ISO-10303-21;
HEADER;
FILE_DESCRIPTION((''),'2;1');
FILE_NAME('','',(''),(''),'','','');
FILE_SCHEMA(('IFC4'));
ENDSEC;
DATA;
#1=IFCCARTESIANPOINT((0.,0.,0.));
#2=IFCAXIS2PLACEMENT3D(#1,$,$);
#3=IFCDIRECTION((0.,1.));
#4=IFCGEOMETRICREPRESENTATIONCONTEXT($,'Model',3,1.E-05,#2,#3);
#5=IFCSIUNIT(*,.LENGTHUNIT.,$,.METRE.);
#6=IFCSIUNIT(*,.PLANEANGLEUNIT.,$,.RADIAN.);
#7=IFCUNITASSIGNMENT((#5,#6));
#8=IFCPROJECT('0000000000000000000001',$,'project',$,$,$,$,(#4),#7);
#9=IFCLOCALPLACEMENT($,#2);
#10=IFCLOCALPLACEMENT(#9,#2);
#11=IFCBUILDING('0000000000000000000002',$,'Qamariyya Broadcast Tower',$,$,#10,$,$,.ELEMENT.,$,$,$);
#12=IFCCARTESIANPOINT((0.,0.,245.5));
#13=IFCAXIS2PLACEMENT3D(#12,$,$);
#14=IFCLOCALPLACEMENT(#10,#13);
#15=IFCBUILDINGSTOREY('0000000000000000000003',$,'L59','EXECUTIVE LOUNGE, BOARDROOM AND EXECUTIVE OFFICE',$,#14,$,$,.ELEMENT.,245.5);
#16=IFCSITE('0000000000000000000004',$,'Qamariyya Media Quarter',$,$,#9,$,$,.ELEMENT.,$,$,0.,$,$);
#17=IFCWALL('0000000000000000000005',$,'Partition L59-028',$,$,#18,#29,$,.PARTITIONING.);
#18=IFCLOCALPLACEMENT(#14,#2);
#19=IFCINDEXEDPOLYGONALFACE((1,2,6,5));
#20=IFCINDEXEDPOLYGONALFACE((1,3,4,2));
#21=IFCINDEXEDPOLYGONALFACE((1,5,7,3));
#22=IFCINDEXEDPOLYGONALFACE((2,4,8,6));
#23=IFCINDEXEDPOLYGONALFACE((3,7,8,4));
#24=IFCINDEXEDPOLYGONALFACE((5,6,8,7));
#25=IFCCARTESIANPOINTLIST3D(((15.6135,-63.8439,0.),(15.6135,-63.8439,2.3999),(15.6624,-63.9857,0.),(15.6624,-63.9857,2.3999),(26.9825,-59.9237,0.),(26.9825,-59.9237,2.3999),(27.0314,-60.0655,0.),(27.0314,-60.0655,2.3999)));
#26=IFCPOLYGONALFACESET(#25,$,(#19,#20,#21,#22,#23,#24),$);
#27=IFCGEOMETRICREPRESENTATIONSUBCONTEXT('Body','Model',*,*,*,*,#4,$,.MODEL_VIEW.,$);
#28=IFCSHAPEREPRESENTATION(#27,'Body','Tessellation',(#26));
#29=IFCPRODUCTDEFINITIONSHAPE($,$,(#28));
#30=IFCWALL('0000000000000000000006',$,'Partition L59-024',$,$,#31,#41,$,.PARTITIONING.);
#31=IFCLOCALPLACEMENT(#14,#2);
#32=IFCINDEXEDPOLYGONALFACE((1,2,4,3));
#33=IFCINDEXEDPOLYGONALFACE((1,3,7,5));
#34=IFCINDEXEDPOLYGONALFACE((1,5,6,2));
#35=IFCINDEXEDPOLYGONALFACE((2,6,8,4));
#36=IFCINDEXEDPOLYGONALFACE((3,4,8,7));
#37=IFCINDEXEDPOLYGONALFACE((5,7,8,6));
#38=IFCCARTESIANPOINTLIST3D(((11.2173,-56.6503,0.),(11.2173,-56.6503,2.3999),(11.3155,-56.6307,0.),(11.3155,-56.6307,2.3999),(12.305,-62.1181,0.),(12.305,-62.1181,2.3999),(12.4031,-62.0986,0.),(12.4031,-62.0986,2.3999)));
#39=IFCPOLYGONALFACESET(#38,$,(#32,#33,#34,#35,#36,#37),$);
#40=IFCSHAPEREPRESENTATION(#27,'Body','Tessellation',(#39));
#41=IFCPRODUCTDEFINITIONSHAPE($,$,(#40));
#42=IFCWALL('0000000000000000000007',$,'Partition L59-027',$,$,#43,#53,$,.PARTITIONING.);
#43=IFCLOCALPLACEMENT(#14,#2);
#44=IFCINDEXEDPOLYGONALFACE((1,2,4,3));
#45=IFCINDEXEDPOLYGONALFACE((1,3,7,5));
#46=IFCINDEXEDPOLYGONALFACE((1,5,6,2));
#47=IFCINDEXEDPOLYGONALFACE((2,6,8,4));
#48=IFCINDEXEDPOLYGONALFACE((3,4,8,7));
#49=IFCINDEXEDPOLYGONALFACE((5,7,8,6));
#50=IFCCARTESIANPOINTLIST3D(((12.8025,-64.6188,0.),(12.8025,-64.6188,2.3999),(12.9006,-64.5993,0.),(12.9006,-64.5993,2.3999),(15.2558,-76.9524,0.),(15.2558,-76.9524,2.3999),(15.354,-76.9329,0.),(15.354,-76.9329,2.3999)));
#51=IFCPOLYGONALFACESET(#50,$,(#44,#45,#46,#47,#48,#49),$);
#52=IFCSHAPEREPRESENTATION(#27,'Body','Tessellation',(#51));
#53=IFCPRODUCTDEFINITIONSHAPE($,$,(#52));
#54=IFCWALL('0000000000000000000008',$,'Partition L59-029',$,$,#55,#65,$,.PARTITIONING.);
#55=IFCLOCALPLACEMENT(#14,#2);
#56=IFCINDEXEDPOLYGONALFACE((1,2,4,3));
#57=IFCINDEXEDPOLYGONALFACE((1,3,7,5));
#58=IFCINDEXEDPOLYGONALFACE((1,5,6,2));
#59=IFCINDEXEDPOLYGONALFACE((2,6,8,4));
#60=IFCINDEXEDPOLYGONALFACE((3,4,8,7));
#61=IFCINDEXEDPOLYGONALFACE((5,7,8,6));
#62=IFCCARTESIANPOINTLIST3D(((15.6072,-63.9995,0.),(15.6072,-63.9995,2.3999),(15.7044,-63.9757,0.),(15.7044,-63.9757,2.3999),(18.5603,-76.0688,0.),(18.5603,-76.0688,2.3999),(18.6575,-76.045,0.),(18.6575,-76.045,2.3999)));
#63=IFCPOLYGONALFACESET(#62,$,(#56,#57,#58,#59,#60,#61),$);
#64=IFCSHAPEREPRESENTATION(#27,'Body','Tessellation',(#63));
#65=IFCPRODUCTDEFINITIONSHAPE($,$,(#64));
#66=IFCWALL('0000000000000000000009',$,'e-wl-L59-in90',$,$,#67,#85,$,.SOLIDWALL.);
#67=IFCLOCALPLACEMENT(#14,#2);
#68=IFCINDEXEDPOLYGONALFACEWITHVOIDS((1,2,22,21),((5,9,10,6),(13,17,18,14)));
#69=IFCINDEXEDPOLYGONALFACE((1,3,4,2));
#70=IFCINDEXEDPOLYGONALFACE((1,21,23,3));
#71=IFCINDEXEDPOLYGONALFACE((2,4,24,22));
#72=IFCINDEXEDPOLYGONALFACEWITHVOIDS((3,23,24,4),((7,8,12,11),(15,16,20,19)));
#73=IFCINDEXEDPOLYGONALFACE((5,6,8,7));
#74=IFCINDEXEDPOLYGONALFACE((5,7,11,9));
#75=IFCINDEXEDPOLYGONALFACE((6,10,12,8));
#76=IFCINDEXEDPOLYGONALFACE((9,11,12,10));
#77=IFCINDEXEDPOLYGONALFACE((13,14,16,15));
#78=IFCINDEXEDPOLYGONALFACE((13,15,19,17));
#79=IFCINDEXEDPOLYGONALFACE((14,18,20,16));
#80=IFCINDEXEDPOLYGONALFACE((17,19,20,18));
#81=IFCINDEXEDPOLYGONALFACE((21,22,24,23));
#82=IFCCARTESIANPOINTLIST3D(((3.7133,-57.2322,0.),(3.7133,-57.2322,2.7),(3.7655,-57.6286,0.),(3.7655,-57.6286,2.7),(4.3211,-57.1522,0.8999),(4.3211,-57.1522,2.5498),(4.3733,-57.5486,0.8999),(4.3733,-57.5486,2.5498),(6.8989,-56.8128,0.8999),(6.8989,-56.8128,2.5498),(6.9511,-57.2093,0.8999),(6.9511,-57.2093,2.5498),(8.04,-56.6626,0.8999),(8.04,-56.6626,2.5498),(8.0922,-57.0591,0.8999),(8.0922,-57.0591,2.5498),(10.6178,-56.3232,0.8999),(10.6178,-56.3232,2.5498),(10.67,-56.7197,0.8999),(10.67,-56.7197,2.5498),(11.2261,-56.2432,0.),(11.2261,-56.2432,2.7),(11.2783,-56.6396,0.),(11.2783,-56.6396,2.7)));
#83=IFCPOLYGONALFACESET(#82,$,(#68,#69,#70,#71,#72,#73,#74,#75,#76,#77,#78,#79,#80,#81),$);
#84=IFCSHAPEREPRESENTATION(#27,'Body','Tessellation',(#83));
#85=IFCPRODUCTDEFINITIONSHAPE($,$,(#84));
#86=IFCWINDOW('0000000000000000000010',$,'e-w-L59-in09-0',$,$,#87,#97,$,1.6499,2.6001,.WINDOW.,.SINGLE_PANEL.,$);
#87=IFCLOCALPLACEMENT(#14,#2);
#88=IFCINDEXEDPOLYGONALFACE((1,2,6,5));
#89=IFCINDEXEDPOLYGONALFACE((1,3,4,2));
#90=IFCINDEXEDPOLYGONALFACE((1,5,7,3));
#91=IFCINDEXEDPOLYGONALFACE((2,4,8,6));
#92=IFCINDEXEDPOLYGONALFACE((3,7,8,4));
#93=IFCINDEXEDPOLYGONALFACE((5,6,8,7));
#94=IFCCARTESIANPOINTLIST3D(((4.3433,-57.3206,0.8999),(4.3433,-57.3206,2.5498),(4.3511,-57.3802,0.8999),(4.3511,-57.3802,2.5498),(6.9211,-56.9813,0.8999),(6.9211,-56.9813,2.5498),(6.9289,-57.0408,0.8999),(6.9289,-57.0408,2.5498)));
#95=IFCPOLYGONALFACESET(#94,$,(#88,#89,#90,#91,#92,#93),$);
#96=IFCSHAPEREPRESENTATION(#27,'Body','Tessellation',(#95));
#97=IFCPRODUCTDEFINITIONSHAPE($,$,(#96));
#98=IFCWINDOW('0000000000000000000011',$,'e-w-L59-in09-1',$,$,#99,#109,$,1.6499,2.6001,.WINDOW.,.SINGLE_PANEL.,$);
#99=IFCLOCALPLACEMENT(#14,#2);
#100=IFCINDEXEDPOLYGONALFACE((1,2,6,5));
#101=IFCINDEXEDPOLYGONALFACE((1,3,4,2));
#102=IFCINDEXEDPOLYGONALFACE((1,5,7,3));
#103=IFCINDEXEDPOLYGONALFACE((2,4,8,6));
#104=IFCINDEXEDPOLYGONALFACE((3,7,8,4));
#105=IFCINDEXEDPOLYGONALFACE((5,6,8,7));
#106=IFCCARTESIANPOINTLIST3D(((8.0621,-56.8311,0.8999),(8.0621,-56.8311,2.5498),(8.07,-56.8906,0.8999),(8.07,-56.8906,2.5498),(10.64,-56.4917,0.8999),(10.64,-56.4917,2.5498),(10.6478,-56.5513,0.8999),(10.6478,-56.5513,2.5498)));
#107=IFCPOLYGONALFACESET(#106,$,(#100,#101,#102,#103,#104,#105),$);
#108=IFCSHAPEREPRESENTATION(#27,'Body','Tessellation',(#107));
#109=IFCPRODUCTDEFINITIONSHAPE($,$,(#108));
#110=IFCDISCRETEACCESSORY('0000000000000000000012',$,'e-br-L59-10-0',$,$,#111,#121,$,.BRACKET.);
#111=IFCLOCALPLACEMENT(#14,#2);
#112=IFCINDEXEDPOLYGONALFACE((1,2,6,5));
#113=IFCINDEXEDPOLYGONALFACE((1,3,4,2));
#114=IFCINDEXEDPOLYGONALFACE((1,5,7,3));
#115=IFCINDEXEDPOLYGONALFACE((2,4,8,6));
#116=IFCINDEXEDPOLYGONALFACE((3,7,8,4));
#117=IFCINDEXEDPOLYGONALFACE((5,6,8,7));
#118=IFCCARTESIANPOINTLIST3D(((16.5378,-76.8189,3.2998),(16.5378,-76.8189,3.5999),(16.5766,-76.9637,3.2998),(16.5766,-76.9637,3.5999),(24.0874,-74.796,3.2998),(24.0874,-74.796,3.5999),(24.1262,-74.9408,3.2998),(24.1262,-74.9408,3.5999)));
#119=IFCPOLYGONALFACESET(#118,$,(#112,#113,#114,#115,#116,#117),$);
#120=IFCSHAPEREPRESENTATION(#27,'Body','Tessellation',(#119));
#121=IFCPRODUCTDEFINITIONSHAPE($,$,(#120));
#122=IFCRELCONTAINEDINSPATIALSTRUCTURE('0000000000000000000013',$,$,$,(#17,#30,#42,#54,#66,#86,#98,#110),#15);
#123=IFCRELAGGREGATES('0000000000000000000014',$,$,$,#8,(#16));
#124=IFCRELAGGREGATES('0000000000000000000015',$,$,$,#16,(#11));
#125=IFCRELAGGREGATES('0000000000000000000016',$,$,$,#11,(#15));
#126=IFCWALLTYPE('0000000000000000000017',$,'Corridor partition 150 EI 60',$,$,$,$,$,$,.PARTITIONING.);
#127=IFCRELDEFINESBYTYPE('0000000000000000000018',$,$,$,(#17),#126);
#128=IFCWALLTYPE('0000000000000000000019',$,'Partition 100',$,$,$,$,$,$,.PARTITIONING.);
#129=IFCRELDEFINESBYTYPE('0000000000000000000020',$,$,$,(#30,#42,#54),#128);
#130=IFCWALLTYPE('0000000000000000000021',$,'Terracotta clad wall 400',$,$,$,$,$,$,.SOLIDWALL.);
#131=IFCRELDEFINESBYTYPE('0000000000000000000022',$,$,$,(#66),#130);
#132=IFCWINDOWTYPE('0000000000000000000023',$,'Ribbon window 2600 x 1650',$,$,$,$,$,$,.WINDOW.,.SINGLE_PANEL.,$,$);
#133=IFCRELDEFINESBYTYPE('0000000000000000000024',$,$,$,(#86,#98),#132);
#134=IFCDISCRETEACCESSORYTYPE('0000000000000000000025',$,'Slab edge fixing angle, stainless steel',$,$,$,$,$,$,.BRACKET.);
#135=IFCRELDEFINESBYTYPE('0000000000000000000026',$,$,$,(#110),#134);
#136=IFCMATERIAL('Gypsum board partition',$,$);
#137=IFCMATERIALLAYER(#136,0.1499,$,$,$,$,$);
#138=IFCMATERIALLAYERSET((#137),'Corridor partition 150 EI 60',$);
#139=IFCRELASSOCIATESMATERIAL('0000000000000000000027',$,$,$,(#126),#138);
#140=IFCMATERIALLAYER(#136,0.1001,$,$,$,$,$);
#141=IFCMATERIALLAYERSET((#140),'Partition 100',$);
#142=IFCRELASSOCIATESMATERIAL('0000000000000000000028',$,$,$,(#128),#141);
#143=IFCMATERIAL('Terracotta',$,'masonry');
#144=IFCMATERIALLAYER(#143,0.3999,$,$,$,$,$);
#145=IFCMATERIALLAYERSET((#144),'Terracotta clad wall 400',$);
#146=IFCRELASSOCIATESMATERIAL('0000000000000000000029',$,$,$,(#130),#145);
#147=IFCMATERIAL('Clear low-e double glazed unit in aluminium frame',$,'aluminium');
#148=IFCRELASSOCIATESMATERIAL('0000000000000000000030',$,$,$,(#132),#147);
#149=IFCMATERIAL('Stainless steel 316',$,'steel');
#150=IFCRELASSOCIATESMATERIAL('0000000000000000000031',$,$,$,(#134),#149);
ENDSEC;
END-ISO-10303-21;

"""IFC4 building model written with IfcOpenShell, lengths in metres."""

from ifc_helpers import new_model, si_unit, direction, frame, frame_2d, origin, origin_2d, place, context, subcontext, project, spatial, rectangle, extrude, material, layer, layer_set, type_object, element, fill, save


model = new_model("IFC4")

# Units and contexts
model_context = context("Model", 3, precision=1e-05, world=origin(), true_north=direction((0.0, 1.0)))
body_context = subcontext(model_context, "Body", "Model", "MODEL_VIEW")
ifc_project = project(units=[si_unit("LENGTHUNIT", "METRE"), si_unit("PLANEANGLEUNIT", "RADIAN")], contexts=[model_context])

# Site, building, storey
site_placement = place(None, origin())
site = spatial("IfcSite", under=ifc_project, at=site_placement, Name="Qamariyya Media Quarter", CompositionType="ELEMENT", RefElevation=0.0)
building_placement = place(site_placement, origin())
building = spatial("IfcBuilding", under=site, at=building_placement, Name="Qamariyya Broadcast Tower", CompositionType="ELEMENT")
storey_placement = place(building_placement, frame((0.0, 0.0, 245.5)))
storey = spatial("IfcBuildingStorey", under=building, at=storey_placement, Name="L59", Description="EXECUTIVE LOUNGE, BOARDROOM AND EXECUTIVE OFFICE", CompositionType="ELEMENT", Elevation=245.5)

# Shared definitions
ifc_material_1 = material(Name="Gypsum board partition")
ifc_layer_1 = layer(ifc_material_1, 0.1499)
ifc_layer_set_1 = layer_set([ifc_layer_1], Name="Corridor partition 150 EI 60")
wall_type_1 = type_object("IfcWallType", Name="Corridor partition 150 EI 60", PredefinedType="PARTITIONING", material=ifc_layer_set_1)

# Walls
wall_1_placement = place(storey_placement, frame((15.6379, -63.9148, 0.0), z_axis=(0.0, 0.0, 1.0), x_axis=(0.945377, 0.32598, 0.0)))
element("IfcWall", 1, at=wall_1_placement, inside=storey, type_object=wall_type_1, Name="Partition L59-028", PredefinedType="PARTITIONING", context=body_context, shape_type="SweptSolid", body=[
    extrude(rectangle(XDim=12.0259, YDim=0.1499, at=frame_2d((6.0129, 0.0))), origin(), (0.0, 0.0, 1.0), 2.3999),
])
ifc_layer_2 = layer(ifc_material_1, 0.1001)
ifc_layer_set_2 = layer_set([ifc_layer_2], Name="Partition 100")
wall_type_2 = type_object("IfcWallType", Name="Partition 100", PredefinedType="PARTITIONING", material=ifc_layer_set_2)
wall_2_placement = place(storey_placement, frame((11.2664, -56.6404, 0.0), z_axis=(0.0, 0.0, 1.0), x_axis=(0.195097, -0.980784, 0.0)))
element("IfcWall", 2, at=wall_2_placement, inside=storey, type_object=wall_type_2, Name="Partition L59-024", PredefinedType="PARTITIONING", context=body_context, shape_type="SweptSolid", body=[
    extrude(rectangle(XDim=5.575, YDim=0.1001, at=frame_2d((2.7876, 0.0))), origin(), (0.0, 0.0, 1.0), 2.3999),
])
wall_3_placement = place(storey_placement, frame((15.3049, -76.9426, 0.0), z_axis=(0.0, 0.0, 1.0), x_axis=(-0.195097, 0.980784, 0.0)))
element("IfcWall", 3, at=wall_3_placement, inside=storey, type_object=wall_type_2, Name="Partition L59-027", PredefinedType="PARTITIONING", context=body_context, shape_type="SweptSolid", body=[
    extrude(rectangle(XDim=12.5752, YDim=0.1001, at=frame_2d((6.2876, 0.0))), origin(), (0.0, 0.0, 1.0), 2.3999),
])
wall_4_placement = place(storey_placement, frame((18.6089, -76.0569, 0.0), z_axis=(0.0, 0.0, 1.0), x_axis=(-0.237669, 0.971346, 0.0)))
element("IfcWall", 4, at=wall_4_placement, inside=storey, type_object=wall_type_2, Name="Partition L59-029", PredefinedType="PARTITIONING", context=body_context, shape_type="SweptSolid", body=[
    extrude(rectangle(XDim=12.4253, YDim=0.1001, at=frame_2d((6.2126, 0.0))), origin(), (0.0, 0.0, 1.0), 2.3999),
])

# Wall, openings, windows
ifc_material_2 = material(Name="Terracotta", Category="masonry")
ifc_layer_3 = layer(ifc_material_2, 0.3999)
ifc_layer_set_3 = layer_set([ifc_layer_3], Name="Terracotta clad wall 400")
wall_type_3 = type_object("IfcWallType", Name="Terracotta clad wall 400", PredefinedType="SOLIDWALL", material=ifc_layer_set_3)
wall_5_placement = place(storey_placement, frame((11.2522, -56.4414, 0.0), z_axis=(0.0, 0.0, 1.0), x_axis=(-0.991446, -0.130515, 0.0)))
wall_5 = element("IfcWall", 5, at=wall_5_placement, inside=storey, type_object=wall_type_3, Name="e-wl-L59-in90", PredefinedType="SOLIDWALL", context=body_context, shape_type="SweptSolid", body=[
    extrude(rectangle(XDim=7.5776, YDim=0.3999, at=frame_2d((3.7888, 0.0))), origin(), (0.0, 0.0, 1.0), 2.7),
])
opening_1_placement = place(wall_5_placement, frame((4.3645, 0.0, 0.8999)))
opening_1 = element("IfcOpeningElement", 6, at=opening_1_placement, cuts=wall_5, PredefinedType="OPENING", context=body_context, shape_type="SweptSolid", body=[
    extrude(rectangle(XDim=2.6001, YDim=1.6499, at=frame_2d((1.3, 0.825))), frame((0.0, 0.21, 0.0), z_axis=(0.0, -1.0, 0.0), x_axis=(1.0, 0.0, 0.0)), (0.0, 0.0, 1.0), 0.4199),
])
opening_2_placement = place(wall_5_placement, frame((0.6135, 0.0, 0.8999)))
opening_2 = element("IfcOpeningElement", 7, at=opening_2_placement, cuts=wall_5, PredefinedType="OPENING", context=body_context, shape_type="SweptSolid", body=[
    extrude(rectangle(XDim=2.6001, YDim=1.6499, at=frame_2d((1.3, 0.825))), frame((0.0, 0.21, 0.0), z_axis=(0.0, -1.0, 0.0), x_axis=(1.0, 0.0, 0.0)), (0.0, 0.0, 1.0), 0.4199),
])
ifc_material_3 = material(Name="Clear low-e double glazed unit in aluminium frame", Category="aluminium")
window_type = type_object("IfcWindowType", Name="Ribbon window 2600 x 1650", PartitioningType="SINGLE_PANEL", PredefinedType="WINDOW", material=ifc_material_3)
window_1_placement = place(opening_1_placement, origin())
window_1 = element("IfcWindow", 8, at=window_1_placement, inside=storey, type_object=window_type, Name="e-w-L59-in09-0", OverallHeight=1.6499, OverallWidth=2.6001, PartitioningType="SINGLE_PANEL", PredefinedType="WINDOW", context=body_context, shape_type="SweptSolid", body=[
    extrude(rectangle(XDim=2.6001, YDim=1.6499, at=frame_2d((1.3, 0.825))), frame((0.0, 0.03, 0.0), z_axis=(0.0, -1.0, 0.0), x_axis=(1.0, 0.0, 0.0)), (0.0, 0.0, 1.0), 0.0601),
])
fill(opening_1, window_1)
window_2_placement = place(opening_2_placement, origin())
window_2 = element("IfcWindow", 9, at=window_2_placement, inside=storey, type_object=window_type, Name="e-w-L59-in09-1", OverallHeight=1.6499, OverallWidth=2.6001, PartitioningType="SINGLE_PANEL", PredefinedType="WINDOW", context=body_context, shape_type="SweptSolid", body=[
    extrude(rectangle(XDim=2.6001, YDim=1.6499, at=frame_2d((1.3, 0.825))), frame((0.0, 0.03, 0.0), z_axis=(0.0, -1.0, 0.0), x_axis=(1.0, 0.0, 0.0)), (0.0, 0.0, 1.0), 0.0601),
])
fill(opening_2, window_2)

# Discrete accessory
ifc_material_4 = material(Name="Stainless steel 316", Category="steel")
discrete_accessory_type = type_object("IfcDiscreteAccessoryType", Name="Slab edge fixing angle, stainless steel", PredefinedType="BRACKET", material=ifc_material_4)
discrete_accessory_placement = place(storey_placement, frame((20.332, -75.8799, 3.2998), z_axis=(0.0, 0.0, 1.0), x_axis=(0.965926, 0.258819, 0.0)))
element("IfcDiscreteAccessory", 10, at=discrete_accessory_placement, inside=storey, type_object=discrete_accessory_type, Name="e-br-L59-10-0", PredefinedType="BRACKET", context=body_context, shape_type="SweptSolid", body=[
    extrude(rectangle(XDim=7.8159, YDim=0.1499, at=origin_2d()), origin(), (0.0, 0.0, 1.0), 0.3),
])

save(model, "model.ifc")
